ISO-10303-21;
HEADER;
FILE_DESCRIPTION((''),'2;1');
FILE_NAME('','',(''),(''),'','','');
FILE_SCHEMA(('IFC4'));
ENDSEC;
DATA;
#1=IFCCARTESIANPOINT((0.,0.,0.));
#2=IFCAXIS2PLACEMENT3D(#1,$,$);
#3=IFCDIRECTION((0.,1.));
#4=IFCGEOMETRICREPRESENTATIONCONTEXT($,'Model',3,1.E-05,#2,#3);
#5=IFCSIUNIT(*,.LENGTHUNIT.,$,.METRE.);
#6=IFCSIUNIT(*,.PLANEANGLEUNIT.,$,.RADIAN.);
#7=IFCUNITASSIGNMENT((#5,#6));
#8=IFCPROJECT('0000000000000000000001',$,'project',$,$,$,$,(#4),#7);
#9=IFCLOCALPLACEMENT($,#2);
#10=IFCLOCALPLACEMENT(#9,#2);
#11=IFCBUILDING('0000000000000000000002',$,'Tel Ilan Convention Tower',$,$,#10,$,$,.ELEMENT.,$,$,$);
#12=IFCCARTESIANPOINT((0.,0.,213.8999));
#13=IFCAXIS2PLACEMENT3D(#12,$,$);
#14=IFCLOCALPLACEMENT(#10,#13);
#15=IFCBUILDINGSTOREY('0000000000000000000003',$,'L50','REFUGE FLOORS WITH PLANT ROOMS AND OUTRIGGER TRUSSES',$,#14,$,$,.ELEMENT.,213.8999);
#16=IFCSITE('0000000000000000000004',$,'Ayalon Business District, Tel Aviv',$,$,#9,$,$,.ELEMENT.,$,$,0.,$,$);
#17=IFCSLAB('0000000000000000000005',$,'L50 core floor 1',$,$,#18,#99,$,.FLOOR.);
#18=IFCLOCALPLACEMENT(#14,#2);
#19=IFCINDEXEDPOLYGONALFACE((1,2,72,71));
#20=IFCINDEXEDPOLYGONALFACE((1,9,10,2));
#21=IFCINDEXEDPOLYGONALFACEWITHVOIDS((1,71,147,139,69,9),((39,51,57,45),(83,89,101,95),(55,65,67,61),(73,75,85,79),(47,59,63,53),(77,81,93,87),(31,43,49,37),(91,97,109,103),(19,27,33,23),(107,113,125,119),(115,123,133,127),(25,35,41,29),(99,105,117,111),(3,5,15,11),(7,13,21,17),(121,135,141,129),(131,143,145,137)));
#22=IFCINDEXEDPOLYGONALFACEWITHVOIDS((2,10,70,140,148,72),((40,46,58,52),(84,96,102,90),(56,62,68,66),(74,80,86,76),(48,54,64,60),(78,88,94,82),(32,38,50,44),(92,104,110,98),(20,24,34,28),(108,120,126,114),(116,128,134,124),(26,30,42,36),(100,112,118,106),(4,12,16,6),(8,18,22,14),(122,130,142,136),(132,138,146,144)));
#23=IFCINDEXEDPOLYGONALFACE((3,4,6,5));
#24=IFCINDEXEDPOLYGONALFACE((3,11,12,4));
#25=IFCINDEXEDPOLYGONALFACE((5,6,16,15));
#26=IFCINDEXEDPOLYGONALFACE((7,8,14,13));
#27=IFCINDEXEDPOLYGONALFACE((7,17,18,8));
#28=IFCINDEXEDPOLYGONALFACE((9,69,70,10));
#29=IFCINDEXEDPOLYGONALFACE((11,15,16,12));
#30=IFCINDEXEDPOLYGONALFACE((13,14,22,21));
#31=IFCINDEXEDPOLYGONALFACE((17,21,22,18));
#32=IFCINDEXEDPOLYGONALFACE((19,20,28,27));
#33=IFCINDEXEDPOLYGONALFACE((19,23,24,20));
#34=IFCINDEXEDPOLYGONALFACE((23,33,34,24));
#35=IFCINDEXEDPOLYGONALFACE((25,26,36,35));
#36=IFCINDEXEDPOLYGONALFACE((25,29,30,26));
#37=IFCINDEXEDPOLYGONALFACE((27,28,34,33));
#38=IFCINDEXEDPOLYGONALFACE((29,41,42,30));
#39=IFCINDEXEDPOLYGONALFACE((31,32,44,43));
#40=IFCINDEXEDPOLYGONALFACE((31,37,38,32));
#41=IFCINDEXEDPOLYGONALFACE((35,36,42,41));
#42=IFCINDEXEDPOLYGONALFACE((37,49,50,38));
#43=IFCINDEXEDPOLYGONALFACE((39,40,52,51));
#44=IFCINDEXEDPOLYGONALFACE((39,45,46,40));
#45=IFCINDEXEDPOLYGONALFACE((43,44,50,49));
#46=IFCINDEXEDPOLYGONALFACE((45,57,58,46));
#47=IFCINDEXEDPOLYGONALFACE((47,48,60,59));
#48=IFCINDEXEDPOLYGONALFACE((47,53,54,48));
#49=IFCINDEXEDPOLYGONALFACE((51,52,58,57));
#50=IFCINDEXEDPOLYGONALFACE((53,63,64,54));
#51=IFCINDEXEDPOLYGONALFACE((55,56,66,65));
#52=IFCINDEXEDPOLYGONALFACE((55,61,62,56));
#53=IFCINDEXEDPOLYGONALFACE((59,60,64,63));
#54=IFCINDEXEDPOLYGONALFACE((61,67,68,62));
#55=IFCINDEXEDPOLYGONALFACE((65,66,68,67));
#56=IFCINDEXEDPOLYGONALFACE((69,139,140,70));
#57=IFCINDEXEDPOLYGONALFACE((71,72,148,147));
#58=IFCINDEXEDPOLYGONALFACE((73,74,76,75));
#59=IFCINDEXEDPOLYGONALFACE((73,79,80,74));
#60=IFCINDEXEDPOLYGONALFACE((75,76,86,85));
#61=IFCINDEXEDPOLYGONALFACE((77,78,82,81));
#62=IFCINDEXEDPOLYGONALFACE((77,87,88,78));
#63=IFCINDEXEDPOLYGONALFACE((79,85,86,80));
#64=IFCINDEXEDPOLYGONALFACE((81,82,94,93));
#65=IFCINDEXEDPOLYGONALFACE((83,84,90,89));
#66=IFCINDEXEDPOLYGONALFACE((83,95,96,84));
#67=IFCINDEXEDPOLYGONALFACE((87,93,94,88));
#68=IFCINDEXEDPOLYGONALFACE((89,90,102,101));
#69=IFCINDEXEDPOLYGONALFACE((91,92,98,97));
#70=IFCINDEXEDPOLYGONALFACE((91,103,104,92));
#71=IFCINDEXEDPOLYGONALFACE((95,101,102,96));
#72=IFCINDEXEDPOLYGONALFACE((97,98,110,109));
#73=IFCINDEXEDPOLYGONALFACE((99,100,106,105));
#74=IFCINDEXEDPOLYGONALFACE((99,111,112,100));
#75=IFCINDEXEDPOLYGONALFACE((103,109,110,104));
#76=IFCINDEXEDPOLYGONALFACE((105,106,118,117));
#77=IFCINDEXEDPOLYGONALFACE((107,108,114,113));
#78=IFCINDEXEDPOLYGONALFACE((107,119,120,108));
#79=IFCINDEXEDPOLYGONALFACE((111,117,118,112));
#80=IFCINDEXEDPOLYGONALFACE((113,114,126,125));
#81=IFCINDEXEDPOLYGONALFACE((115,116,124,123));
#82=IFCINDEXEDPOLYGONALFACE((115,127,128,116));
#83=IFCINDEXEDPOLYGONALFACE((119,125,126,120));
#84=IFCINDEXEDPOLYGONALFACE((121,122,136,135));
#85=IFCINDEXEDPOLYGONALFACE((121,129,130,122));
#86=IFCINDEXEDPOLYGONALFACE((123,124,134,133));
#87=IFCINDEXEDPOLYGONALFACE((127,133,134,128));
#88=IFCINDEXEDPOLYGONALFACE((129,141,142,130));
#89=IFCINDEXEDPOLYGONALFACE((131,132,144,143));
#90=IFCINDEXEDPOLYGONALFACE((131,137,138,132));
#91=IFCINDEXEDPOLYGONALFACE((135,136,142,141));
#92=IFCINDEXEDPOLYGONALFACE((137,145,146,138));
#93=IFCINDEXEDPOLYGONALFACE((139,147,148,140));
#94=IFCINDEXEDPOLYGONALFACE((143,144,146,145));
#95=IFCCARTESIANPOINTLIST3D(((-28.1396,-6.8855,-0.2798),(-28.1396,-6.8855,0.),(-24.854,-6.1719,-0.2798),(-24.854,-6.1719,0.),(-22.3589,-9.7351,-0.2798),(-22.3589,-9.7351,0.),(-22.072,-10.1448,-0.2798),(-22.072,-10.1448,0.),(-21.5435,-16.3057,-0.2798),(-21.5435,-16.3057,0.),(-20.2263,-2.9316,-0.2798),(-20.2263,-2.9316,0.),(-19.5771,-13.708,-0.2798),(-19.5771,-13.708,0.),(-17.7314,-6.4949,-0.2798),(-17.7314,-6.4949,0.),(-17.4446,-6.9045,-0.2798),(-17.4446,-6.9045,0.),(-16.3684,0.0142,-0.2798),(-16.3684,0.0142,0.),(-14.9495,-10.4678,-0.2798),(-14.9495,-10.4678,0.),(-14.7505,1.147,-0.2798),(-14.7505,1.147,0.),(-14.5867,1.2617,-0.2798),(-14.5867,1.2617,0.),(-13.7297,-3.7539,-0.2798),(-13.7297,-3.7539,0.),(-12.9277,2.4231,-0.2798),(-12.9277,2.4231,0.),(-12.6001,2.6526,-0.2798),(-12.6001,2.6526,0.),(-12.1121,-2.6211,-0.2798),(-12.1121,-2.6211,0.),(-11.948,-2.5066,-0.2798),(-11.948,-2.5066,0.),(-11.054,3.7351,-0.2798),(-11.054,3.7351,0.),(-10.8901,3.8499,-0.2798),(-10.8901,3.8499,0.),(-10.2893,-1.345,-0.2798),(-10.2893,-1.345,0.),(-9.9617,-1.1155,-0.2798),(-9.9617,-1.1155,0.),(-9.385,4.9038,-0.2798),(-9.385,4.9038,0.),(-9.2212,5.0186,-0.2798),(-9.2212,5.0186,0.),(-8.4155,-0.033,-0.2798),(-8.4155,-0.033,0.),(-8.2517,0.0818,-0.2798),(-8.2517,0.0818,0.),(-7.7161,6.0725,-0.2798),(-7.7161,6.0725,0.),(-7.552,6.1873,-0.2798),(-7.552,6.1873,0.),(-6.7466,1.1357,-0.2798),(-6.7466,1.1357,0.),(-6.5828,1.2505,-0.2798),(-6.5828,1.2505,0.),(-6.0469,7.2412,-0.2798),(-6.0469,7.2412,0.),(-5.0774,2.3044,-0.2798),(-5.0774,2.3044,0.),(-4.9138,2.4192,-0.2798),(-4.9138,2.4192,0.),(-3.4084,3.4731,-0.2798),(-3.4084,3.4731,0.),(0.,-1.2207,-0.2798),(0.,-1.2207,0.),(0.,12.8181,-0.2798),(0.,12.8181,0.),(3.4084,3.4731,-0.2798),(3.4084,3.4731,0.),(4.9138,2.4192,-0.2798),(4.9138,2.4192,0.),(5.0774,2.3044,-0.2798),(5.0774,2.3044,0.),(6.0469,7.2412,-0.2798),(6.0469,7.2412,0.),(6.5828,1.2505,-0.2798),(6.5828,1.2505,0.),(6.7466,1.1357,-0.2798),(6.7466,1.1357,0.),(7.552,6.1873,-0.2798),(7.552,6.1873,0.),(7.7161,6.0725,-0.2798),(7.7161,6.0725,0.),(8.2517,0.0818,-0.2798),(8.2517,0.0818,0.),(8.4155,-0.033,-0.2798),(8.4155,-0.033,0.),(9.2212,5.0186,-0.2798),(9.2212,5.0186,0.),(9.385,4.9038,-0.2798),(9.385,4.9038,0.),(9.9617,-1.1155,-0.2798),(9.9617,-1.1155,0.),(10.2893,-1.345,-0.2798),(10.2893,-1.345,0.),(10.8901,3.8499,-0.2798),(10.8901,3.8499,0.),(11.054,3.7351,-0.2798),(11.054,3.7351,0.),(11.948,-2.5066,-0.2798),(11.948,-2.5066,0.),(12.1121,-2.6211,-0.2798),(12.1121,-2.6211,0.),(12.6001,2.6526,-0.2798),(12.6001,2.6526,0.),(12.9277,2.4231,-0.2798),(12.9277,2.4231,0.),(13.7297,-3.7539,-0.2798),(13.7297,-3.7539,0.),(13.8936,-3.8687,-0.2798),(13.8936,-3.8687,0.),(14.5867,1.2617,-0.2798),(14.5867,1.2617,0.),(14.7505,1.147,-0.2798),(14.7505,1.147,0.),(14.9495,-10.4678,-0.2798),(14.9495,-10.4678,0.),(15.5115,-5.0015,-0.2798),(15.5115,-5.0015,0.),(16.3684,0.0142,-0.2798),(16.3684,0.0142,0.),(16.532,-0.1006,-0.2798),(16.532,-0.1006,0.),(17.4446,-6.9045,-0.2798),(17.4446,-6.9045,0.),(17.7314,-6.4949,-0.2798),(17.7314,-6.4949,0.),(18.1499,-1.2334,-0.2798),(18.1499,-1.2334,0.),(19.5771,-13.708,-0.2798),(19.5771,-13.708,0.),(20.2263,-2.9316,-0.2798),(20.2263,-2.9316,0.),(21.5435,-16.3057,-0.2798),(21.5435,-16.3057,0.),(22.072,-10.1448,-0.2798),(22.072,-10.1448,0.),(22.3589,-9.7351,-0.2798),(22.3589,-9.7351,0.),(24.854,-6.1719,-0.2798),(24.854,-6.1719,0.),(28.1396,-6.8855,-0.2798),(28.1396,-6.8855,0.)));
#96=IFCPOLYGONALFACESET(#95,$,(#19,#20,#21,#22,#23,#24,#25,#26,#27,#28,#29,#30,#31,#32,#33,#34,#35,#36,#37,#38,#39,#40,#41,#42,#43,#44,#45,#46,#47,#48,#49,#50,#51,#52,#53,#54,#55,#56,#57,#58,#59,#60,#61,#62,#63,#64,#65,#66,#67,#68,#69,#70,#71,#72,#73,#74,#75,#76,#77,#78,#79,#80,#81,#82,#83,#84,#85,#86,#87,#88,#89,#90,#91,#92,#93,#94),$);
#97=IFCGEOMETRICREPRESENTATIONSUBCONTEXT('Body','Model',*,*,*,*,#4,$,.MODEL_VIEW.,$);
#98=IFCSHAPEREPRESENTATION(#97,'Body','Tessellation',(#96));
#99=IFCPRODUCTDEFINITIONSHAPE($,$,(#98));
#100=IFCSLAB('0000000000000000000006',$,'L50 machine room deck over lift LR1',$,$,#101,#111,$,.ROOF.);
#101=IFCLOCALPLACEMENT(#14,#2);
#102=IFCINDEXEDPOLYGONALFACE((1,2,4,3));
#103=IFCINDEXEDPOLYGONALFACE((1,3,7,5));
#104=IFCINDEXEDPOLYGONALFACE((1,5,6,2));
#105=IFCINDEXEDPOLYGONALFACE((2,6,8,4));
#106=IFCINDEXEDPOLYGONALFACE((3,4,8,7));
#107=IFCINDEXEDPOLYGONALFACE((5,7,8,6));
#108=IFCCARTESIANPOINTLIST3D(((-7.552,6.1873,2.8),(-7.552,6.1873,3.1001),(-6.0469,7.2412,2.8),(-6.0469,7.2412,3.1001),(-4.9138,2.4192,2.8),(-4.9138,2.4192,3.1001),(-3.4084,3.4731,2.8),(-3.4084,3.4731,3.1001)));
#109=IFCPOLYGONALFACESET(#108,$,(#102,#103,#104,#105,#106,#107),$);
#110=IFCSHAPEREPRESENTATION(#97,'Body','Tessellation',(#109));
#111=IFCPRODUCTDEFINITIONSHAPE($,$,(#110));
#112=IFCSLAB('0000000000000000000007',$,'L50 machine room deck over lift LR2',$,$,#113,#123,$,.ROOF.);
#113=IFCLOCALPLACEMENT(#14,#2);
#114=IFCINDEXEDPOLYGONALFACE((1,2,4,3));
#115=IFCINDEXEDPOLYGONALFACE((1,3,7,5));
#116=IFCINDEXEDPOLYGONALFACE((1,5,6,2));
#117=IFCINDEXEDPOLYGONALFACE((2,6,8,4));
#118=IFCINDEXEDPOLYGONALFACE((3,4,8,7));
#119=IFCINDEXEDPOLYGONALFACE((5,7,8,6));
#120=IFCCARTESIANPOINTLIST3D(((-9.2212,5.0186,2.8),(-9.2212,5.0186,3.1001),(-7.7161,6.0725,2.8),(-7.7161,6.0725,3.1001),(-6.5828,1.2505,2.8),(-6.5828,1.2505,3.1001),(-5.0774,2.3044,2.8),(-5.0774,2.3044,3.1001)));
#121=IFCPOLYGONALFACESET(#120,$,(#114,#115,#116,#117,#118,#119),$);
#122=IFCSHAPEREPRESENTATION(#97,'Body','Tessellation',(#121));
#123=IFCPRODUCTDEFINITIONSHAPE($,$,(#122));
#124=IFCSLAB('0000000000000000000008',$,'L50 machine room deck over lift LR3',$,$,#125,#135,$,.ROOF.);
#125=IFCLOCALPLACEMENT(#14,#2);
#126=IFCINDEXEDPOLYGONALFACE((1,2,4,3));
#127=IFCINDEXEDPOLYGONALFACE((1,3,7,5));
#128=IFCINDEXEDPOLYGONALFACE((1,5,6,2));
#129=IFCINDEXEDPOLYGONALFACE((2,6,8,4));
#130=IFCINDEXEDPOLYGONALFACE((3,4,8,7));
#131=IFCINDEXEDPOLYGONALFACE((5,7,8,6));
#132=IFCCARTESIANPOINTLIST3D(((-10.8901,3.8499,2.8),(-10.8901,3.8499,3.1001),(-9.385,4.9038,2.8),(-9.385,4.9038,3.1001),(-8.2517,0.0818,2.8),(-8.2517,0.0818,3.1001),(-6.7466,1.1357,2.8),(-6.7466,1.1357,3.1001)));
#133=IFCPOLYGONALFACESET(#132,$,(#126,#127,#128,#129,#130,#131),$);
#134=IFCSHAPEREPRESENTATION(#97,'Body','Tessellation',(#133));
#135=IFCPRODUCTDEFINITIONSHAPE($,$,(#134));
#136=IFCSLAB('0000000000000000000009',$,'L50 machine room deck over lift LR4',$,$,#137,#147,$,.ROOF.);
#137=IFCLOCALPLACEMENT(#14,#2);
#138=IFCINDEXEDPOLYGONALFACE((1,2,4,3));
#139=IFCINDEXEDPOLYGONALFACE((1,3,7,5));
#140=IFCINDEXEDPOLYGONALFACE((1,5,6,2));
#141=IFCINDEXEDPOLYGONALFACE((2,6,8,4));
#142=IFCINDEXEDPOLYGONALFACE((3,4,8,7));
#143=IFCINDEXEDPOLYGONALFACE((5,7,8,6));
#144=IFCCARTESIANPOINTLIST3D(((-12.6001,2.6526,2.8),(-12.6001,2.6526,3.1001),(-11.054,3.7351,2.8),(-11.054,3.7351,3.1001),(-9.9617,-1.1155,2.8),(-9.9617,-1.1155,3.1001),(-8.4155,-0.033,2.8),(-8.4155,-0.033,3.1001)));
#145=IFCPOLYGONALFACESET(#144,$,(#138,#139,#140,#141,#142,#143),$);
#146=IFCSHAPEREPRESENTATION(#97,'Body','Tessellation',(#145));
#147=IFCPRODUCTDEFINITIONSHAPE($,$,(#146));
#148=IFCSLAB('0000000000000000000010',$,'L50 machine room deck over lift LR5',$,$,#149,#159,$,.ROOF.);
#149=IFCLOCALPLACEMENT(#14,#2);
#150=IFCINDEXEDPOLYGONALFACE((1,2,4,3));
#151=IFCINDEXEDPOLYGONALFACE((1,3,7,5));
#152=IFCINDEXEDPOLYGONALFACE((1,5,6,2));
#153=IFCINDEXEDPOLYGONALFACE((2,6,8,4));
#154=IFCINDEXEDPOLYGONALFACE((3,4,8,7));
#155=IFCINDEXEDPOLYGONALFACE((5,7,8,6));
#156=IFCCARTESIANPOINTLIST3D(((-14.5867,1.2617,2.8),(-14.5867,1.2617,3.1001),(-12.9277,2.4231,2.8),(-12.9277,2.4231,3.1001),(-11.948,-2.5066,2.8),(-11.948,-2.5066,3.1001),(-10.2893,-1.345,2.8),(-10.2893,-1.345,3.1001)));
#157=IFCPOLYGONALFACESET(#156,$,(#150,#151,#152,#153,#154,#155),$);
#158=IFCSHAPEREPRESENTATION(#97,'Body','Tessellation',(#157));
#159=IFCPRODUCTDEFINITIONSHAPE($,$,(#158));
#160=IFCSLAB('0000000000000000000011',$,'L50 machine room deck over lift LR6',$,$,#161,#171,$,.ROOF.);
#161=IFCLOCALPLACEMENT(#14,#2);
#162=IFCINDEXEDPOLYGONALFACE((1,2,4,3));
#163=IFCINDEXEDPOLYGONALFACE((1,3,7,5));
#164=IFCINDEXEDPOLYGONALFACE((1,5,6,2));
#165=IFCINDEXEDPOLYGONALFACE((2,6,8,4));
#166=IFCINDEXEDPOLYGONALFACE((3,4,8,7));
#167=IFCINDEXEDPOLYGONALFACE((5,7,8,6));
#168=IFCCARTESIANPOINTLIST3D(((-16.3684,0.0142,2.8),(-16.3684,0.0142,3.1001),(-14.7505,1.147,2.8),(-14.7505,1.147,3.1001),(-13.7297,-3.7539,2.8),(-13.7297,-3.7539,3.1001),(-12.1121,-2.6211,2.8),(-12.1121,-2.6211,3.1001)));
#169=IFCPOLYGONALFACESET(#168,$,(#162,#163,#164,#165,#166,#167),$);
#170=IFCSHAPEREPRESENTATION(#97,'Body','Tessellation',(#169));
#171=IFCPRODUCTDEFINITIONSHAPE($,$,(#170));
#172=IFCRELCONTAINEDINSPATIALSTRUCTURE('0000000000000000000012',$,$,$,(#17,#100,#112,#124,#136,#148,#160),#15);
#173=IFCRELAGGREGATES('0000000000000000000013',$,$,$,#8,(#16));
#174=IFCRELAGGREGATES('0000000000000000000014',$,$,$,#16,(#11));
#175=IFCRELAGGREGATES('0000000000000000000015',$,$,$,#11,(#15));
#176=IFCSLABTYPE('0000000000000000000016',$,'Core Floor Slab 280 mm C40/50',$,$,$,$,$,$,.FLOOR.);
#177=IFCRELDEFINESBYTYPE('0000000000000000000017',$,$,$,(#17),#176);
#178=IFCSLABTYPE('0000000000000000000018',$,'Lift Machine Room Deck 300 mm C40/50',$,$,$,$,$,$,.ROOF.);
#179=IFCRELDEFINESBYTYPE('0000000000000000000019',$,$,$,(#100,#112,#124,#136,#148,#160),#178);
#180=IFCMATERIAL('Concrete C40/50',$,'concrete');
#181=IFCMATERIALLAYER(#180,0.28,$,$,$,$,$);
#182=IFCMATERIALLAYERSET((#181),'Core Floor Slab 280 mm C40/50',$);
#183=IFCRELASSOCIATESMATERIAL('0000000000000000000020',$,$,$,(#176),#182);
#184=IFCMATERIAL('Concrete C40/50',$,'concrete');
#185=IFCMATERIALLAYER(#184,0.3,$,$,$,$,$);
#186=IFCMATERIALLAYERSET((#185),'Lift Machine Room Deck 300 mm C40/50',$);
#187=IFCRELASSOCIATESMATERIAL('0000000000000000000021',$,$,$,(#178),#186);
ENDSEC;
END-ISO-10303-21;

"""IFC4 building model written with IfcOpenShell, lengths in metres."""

from ifc_helpers import new_model, si_unit, direction, frame, origin, place, context, subcontext, project, spatial, polyline, outline, extrude, material, layer, layer_set, type_object, element, save


model = new_model("IFC4")

# Units and contexts
model_context = context("Model", 3, precision=1e-05, world=origin(), true_north=direction((0.0, 1.0)))
body_context = subcontext(model_context, "Body", "Model", "MODEL_VIEW")
ifc_project = project(units=[si_unit("LENGTHUNIT", "METRE"), si_unit("PLANEANGLEUNIT", "RADIAN")], contexts=[model_context])

# Site, building, storey
site_placement = place(None, origin())
site = spatial("IfcSite", under=ifc_project, at=site_placement, Name="Ayalon Business District, Tel Aviv", CompositionType="ELEMENT", RefElevation=0.0)
building_placement = place(site_placement, origin())
building = spatial("IfcBuilding", under=site, at=building_placement, Name="Tel Ilan Convention Tower", CompositionType="ELEMENT")
storey_placement = place(building_placement, frame((0.0, 0.0, 213.8999)))
storey = spatial("IfcBuildingStorey", under=building, at=storey_placement, Name="L50", Description="REFUGE FLOORS WITH PLANT ROOMS AND OUTRIGGER TRUSSES", CompositionType="ELEMENT", Elevation=213.8999)

# Slabs
ifc_material_1 = material(Name="Concrete C40/50", Category="concrete")
ifc_layer_1 = layer(ifc_material_1, 0.28)
ifc_layer_set_1 = layer_set([ifc_layer_1], Name="Core Floor Slab 280 mm C40/50")
slab_type_1 = type_object("IfcSlabType", Name="Core Floor Slab 280 mm C40/50", PredefinedType="FLOOR", material=ifc_layer_set_1)
slab_1_placement = place(storey_placement, frame((0.0, 0.0, -0.2798)))
element("IfcSlab", 1, at=slab_1_placement, inside=storey, type_object=slab_type_1, Name="L50 core floor 1", PredefinedType="FLOOR", context=body_context, shape_type="SweptSolid", body=[
    extrude(outline(polyline([(28.1396, -6.8855), (21.5435, -16.3057), (0.0, -1.2207), (-21.5435, -16.3057), (-28.1396, -6.8855), (0.0, 12.8181), (28.1396, -6.8855)]), holes=[polyline([(-14.9495, -10.4678), (-17.4446, -6.9045), (-22.072, -10.1448), (-19.5771, -13.708), (-14.9495, -10.4678)]), polyline([(-17.7314, -6.4949), (-20.2263, -2.9316), (-24.854, -6.1719), (-22.3589, -9.7351), (-17.7314, -6.4949)]), polyline([(-14.7505, 1.147), (-16.3684, 0.0142), (-13.7297, -3.7539), (-12.1121, -2.6211), (-14.7505, 1.147)]), polyline([(-12.9277, 2.4231), (-14.5867, 1.2617), (-11.948, -2.5066), (-10.2893, -1.345), (-12.9277, 2.4231)]), polyline([(-11.054, 3.7351), (-12.6001, 2.6526), (-9.9617, -1.1155), (-8.4155, -0.033), (-11.054, 3.7351)]), polyline([(-9.385, 4.9038), (-10.8901, 3.8499), (-8.2517, 0.0818), (-6.7466, 1.1357), (-9.385, 4.9038)]), polyline([(-7.7161, 6.0725), (-9.2212, 5.0186), (-6.5828, 1.2505), (-5.0774, 2.3044), (-7.7161, 6.0725)]), polyline([(-6.0469, 7.2412), (-7.552, 6.1873), (-4.9138, 2.4192), (-3.4084, 3.4731), (-6.0469, 7.2412)]), polyline([(4.9138, 2.4192), (7.552, 6.1873), (6.0469, 7.2412), (3.4084, 3.4731), (4.9138, 2.4192)]), polyline([(17.4446, -6.9045), (14.9495, -10.4678), (19.5771, -13.708), (22.072, -10.1448), (17.4446, -6.9045)]), polyline([(20.2263, -2.9316), (17.7314, -6.4949), (22.3589, -9.7351), (24.854, -6.1719), (20.2263, -2.9316)]), polyline([(15.5115, -5.0015), (18.1499, -1.2334), (16.532, -0.1006), (13.8936, -3.8687), (15.5115, -5.0015)]), polyline([(13.7297, -3.7539), (16.3684, 0.0142), (14.7505, 1.147), (12.1121, -2.6211), (13.7297, -3.7539)]), polyline([(11.948, -2.5066), (14.5867, 1.2617), (12.9277, 2.4231), (10.2893, -1.345), (11.948, -2.5066)]), polyline([(9.9617, -1.1155), (12.6001, 2.6526), (11.054, 3.7351), (8.4155, -0.033), (9.9617, -1.1155)]), polyline([(6.7466, 1.1357), (8.2517, 0.0818), (10.8901, 3.8499), (9.385, 4.9038), (6.7466, 1.1357)]), polyline([(5.0774, 2.3044), (6.5828, 1.2505), (9.2212, 5.0186), (7.7161, 6.0725), (5.0774, 2.3044)])]), origin(), (0.0, 0.0, 1.0), 0.2798),
])
ifc_material_2 = material(Name="Concrete C40/50", Category="concrete")
ifc_layer_2 = layer(ifc_material_2, 0.3)
ifc_layer_set_2 = layer_set([ifc_layer_2], Name="Lift Machine Room Deck 300 mm C40/50")
slab_type_2 = type_object("IfcSlabType", Name="Lift Machine Room Deck 300 mm C40/50", PredefinedType="ROOF", material=ifc_layer_set_2)
slab_2_placement = place(storey_placement, frame((0.0, 0.0, 2.8)))
element("IfcSlab", 2, at=slab_2_placement, inside=storey, type_object=slab_type_2, Name="L50 machine room deck over lift LR1", PredefinedType="ROOF", context=body_context, shape_type="SweptSolid", body=[
    extrude(outline(polyline([(-3.4084, 3.4731), (-4.9138, 2.4192), (-7.552, 6.1873), (-6.0469, 7.2412), (-3.4084, 3.4731)])), origin(), (0.0, 0.0, 1.0), 0.3),
])
slab_3_placement = place(storey_placement, frame((0.0, 0.0, 2.8)))
element("IfcSlab", 3, at=slab_3_placement, inside=storey, type_object=slab_type_2, Name="L50 machine room deck over lift LR2", PredefinedType="ROOF", context=body_context, shape_type="SweptSolid", body=[
    extrude(outline(polyline([(-5.0774, 2.3044), (-6.5828, 1.2505), (-9.2212, 5.0186), (-7.7161, 6.0725), (-5.0774, 2.3044)])), origin(), (0.0, 0.0, 1.0), 0.3),
])
slab_4_placement = place(storey_placement, frame((0.0, 0.0, 2.8)))
element("IfcSlab", 4, at=slab_4_placement, inside=storey, type_object=slab_type_2, Name="L50 machine room deck over lift LR3", PredefinedType="ROOF", context=body_context, shape_type="SweptSolid", body=[
    extrude(outline(polyline([(-6.7466, 1.1357), (-8.2517, 0.0818), (-10.8901, 3.8499), (-9.385, 4.9038), (-6.7466, 1.1357)])), origin(), (0.0, 0.0, 1.0), 0.3),
])
slab_5_placement = place(storey_placement, frame((0.0, 0.0, 2.8)))
element("IfcSlab", 5, at=slab_5_placement, inside=storey, type_object=slab_type_2, Name="L50 machine room deck over lift LR4", PredefinedType="ROOF", context=body_context, shape_type="SweptSolid", body=[
    extrude(outline(polyline([(-8.4155, -0.033), (-9.9617, -1.1155), (-12.6001, 2.6526), (-11.054, 3.7351), (-8.4155, -0.033)])), origin(), (0.0, 0.0, 1.0), 0.3),
])
slab_6_placement = place(storey_placement, frame((0.0, 0.0, 2.8)))
element("IfcSlab", 6, at=slab_6_placement, inside=storey, type_object=slab_type_2, Name="L50 machine room deck over lift LR5", PredefinedType="ROOF", context=body_context, shape_type="SweptSolid", body=[
    extrude(outline(polyline([(-10.2893, -1.345), (-11.948, -2.5066), (-14.5867, 1.2617), (-12.9277, 2.4231), (-10.2893, -1.345)])), origin(), (0.0, 0.0, 1.0), 0.3),
])
slab_7_placement = place(storey_placement, frame((0.0, 0.0, 2.8)))
element("IfcSlab", 7, at=slab_7_placement, inside=storey, type_object=slab_type_2, Name="L50 machine room deck over lift LR6", PredefinedType="ROOF", context=body_context, shape_type="SweptSolid", body=[
    extrude(outline(polyline([(-12.1121, -2.6211), (-13.7297, -3.7539), (-16.3684, 0.0142), (-14.7505, 1.147), (-12.1121, -2.6211)])), origin(), (0.0, 0.0, 1.0), 0.3),
])

save(model, "model.ifc")
